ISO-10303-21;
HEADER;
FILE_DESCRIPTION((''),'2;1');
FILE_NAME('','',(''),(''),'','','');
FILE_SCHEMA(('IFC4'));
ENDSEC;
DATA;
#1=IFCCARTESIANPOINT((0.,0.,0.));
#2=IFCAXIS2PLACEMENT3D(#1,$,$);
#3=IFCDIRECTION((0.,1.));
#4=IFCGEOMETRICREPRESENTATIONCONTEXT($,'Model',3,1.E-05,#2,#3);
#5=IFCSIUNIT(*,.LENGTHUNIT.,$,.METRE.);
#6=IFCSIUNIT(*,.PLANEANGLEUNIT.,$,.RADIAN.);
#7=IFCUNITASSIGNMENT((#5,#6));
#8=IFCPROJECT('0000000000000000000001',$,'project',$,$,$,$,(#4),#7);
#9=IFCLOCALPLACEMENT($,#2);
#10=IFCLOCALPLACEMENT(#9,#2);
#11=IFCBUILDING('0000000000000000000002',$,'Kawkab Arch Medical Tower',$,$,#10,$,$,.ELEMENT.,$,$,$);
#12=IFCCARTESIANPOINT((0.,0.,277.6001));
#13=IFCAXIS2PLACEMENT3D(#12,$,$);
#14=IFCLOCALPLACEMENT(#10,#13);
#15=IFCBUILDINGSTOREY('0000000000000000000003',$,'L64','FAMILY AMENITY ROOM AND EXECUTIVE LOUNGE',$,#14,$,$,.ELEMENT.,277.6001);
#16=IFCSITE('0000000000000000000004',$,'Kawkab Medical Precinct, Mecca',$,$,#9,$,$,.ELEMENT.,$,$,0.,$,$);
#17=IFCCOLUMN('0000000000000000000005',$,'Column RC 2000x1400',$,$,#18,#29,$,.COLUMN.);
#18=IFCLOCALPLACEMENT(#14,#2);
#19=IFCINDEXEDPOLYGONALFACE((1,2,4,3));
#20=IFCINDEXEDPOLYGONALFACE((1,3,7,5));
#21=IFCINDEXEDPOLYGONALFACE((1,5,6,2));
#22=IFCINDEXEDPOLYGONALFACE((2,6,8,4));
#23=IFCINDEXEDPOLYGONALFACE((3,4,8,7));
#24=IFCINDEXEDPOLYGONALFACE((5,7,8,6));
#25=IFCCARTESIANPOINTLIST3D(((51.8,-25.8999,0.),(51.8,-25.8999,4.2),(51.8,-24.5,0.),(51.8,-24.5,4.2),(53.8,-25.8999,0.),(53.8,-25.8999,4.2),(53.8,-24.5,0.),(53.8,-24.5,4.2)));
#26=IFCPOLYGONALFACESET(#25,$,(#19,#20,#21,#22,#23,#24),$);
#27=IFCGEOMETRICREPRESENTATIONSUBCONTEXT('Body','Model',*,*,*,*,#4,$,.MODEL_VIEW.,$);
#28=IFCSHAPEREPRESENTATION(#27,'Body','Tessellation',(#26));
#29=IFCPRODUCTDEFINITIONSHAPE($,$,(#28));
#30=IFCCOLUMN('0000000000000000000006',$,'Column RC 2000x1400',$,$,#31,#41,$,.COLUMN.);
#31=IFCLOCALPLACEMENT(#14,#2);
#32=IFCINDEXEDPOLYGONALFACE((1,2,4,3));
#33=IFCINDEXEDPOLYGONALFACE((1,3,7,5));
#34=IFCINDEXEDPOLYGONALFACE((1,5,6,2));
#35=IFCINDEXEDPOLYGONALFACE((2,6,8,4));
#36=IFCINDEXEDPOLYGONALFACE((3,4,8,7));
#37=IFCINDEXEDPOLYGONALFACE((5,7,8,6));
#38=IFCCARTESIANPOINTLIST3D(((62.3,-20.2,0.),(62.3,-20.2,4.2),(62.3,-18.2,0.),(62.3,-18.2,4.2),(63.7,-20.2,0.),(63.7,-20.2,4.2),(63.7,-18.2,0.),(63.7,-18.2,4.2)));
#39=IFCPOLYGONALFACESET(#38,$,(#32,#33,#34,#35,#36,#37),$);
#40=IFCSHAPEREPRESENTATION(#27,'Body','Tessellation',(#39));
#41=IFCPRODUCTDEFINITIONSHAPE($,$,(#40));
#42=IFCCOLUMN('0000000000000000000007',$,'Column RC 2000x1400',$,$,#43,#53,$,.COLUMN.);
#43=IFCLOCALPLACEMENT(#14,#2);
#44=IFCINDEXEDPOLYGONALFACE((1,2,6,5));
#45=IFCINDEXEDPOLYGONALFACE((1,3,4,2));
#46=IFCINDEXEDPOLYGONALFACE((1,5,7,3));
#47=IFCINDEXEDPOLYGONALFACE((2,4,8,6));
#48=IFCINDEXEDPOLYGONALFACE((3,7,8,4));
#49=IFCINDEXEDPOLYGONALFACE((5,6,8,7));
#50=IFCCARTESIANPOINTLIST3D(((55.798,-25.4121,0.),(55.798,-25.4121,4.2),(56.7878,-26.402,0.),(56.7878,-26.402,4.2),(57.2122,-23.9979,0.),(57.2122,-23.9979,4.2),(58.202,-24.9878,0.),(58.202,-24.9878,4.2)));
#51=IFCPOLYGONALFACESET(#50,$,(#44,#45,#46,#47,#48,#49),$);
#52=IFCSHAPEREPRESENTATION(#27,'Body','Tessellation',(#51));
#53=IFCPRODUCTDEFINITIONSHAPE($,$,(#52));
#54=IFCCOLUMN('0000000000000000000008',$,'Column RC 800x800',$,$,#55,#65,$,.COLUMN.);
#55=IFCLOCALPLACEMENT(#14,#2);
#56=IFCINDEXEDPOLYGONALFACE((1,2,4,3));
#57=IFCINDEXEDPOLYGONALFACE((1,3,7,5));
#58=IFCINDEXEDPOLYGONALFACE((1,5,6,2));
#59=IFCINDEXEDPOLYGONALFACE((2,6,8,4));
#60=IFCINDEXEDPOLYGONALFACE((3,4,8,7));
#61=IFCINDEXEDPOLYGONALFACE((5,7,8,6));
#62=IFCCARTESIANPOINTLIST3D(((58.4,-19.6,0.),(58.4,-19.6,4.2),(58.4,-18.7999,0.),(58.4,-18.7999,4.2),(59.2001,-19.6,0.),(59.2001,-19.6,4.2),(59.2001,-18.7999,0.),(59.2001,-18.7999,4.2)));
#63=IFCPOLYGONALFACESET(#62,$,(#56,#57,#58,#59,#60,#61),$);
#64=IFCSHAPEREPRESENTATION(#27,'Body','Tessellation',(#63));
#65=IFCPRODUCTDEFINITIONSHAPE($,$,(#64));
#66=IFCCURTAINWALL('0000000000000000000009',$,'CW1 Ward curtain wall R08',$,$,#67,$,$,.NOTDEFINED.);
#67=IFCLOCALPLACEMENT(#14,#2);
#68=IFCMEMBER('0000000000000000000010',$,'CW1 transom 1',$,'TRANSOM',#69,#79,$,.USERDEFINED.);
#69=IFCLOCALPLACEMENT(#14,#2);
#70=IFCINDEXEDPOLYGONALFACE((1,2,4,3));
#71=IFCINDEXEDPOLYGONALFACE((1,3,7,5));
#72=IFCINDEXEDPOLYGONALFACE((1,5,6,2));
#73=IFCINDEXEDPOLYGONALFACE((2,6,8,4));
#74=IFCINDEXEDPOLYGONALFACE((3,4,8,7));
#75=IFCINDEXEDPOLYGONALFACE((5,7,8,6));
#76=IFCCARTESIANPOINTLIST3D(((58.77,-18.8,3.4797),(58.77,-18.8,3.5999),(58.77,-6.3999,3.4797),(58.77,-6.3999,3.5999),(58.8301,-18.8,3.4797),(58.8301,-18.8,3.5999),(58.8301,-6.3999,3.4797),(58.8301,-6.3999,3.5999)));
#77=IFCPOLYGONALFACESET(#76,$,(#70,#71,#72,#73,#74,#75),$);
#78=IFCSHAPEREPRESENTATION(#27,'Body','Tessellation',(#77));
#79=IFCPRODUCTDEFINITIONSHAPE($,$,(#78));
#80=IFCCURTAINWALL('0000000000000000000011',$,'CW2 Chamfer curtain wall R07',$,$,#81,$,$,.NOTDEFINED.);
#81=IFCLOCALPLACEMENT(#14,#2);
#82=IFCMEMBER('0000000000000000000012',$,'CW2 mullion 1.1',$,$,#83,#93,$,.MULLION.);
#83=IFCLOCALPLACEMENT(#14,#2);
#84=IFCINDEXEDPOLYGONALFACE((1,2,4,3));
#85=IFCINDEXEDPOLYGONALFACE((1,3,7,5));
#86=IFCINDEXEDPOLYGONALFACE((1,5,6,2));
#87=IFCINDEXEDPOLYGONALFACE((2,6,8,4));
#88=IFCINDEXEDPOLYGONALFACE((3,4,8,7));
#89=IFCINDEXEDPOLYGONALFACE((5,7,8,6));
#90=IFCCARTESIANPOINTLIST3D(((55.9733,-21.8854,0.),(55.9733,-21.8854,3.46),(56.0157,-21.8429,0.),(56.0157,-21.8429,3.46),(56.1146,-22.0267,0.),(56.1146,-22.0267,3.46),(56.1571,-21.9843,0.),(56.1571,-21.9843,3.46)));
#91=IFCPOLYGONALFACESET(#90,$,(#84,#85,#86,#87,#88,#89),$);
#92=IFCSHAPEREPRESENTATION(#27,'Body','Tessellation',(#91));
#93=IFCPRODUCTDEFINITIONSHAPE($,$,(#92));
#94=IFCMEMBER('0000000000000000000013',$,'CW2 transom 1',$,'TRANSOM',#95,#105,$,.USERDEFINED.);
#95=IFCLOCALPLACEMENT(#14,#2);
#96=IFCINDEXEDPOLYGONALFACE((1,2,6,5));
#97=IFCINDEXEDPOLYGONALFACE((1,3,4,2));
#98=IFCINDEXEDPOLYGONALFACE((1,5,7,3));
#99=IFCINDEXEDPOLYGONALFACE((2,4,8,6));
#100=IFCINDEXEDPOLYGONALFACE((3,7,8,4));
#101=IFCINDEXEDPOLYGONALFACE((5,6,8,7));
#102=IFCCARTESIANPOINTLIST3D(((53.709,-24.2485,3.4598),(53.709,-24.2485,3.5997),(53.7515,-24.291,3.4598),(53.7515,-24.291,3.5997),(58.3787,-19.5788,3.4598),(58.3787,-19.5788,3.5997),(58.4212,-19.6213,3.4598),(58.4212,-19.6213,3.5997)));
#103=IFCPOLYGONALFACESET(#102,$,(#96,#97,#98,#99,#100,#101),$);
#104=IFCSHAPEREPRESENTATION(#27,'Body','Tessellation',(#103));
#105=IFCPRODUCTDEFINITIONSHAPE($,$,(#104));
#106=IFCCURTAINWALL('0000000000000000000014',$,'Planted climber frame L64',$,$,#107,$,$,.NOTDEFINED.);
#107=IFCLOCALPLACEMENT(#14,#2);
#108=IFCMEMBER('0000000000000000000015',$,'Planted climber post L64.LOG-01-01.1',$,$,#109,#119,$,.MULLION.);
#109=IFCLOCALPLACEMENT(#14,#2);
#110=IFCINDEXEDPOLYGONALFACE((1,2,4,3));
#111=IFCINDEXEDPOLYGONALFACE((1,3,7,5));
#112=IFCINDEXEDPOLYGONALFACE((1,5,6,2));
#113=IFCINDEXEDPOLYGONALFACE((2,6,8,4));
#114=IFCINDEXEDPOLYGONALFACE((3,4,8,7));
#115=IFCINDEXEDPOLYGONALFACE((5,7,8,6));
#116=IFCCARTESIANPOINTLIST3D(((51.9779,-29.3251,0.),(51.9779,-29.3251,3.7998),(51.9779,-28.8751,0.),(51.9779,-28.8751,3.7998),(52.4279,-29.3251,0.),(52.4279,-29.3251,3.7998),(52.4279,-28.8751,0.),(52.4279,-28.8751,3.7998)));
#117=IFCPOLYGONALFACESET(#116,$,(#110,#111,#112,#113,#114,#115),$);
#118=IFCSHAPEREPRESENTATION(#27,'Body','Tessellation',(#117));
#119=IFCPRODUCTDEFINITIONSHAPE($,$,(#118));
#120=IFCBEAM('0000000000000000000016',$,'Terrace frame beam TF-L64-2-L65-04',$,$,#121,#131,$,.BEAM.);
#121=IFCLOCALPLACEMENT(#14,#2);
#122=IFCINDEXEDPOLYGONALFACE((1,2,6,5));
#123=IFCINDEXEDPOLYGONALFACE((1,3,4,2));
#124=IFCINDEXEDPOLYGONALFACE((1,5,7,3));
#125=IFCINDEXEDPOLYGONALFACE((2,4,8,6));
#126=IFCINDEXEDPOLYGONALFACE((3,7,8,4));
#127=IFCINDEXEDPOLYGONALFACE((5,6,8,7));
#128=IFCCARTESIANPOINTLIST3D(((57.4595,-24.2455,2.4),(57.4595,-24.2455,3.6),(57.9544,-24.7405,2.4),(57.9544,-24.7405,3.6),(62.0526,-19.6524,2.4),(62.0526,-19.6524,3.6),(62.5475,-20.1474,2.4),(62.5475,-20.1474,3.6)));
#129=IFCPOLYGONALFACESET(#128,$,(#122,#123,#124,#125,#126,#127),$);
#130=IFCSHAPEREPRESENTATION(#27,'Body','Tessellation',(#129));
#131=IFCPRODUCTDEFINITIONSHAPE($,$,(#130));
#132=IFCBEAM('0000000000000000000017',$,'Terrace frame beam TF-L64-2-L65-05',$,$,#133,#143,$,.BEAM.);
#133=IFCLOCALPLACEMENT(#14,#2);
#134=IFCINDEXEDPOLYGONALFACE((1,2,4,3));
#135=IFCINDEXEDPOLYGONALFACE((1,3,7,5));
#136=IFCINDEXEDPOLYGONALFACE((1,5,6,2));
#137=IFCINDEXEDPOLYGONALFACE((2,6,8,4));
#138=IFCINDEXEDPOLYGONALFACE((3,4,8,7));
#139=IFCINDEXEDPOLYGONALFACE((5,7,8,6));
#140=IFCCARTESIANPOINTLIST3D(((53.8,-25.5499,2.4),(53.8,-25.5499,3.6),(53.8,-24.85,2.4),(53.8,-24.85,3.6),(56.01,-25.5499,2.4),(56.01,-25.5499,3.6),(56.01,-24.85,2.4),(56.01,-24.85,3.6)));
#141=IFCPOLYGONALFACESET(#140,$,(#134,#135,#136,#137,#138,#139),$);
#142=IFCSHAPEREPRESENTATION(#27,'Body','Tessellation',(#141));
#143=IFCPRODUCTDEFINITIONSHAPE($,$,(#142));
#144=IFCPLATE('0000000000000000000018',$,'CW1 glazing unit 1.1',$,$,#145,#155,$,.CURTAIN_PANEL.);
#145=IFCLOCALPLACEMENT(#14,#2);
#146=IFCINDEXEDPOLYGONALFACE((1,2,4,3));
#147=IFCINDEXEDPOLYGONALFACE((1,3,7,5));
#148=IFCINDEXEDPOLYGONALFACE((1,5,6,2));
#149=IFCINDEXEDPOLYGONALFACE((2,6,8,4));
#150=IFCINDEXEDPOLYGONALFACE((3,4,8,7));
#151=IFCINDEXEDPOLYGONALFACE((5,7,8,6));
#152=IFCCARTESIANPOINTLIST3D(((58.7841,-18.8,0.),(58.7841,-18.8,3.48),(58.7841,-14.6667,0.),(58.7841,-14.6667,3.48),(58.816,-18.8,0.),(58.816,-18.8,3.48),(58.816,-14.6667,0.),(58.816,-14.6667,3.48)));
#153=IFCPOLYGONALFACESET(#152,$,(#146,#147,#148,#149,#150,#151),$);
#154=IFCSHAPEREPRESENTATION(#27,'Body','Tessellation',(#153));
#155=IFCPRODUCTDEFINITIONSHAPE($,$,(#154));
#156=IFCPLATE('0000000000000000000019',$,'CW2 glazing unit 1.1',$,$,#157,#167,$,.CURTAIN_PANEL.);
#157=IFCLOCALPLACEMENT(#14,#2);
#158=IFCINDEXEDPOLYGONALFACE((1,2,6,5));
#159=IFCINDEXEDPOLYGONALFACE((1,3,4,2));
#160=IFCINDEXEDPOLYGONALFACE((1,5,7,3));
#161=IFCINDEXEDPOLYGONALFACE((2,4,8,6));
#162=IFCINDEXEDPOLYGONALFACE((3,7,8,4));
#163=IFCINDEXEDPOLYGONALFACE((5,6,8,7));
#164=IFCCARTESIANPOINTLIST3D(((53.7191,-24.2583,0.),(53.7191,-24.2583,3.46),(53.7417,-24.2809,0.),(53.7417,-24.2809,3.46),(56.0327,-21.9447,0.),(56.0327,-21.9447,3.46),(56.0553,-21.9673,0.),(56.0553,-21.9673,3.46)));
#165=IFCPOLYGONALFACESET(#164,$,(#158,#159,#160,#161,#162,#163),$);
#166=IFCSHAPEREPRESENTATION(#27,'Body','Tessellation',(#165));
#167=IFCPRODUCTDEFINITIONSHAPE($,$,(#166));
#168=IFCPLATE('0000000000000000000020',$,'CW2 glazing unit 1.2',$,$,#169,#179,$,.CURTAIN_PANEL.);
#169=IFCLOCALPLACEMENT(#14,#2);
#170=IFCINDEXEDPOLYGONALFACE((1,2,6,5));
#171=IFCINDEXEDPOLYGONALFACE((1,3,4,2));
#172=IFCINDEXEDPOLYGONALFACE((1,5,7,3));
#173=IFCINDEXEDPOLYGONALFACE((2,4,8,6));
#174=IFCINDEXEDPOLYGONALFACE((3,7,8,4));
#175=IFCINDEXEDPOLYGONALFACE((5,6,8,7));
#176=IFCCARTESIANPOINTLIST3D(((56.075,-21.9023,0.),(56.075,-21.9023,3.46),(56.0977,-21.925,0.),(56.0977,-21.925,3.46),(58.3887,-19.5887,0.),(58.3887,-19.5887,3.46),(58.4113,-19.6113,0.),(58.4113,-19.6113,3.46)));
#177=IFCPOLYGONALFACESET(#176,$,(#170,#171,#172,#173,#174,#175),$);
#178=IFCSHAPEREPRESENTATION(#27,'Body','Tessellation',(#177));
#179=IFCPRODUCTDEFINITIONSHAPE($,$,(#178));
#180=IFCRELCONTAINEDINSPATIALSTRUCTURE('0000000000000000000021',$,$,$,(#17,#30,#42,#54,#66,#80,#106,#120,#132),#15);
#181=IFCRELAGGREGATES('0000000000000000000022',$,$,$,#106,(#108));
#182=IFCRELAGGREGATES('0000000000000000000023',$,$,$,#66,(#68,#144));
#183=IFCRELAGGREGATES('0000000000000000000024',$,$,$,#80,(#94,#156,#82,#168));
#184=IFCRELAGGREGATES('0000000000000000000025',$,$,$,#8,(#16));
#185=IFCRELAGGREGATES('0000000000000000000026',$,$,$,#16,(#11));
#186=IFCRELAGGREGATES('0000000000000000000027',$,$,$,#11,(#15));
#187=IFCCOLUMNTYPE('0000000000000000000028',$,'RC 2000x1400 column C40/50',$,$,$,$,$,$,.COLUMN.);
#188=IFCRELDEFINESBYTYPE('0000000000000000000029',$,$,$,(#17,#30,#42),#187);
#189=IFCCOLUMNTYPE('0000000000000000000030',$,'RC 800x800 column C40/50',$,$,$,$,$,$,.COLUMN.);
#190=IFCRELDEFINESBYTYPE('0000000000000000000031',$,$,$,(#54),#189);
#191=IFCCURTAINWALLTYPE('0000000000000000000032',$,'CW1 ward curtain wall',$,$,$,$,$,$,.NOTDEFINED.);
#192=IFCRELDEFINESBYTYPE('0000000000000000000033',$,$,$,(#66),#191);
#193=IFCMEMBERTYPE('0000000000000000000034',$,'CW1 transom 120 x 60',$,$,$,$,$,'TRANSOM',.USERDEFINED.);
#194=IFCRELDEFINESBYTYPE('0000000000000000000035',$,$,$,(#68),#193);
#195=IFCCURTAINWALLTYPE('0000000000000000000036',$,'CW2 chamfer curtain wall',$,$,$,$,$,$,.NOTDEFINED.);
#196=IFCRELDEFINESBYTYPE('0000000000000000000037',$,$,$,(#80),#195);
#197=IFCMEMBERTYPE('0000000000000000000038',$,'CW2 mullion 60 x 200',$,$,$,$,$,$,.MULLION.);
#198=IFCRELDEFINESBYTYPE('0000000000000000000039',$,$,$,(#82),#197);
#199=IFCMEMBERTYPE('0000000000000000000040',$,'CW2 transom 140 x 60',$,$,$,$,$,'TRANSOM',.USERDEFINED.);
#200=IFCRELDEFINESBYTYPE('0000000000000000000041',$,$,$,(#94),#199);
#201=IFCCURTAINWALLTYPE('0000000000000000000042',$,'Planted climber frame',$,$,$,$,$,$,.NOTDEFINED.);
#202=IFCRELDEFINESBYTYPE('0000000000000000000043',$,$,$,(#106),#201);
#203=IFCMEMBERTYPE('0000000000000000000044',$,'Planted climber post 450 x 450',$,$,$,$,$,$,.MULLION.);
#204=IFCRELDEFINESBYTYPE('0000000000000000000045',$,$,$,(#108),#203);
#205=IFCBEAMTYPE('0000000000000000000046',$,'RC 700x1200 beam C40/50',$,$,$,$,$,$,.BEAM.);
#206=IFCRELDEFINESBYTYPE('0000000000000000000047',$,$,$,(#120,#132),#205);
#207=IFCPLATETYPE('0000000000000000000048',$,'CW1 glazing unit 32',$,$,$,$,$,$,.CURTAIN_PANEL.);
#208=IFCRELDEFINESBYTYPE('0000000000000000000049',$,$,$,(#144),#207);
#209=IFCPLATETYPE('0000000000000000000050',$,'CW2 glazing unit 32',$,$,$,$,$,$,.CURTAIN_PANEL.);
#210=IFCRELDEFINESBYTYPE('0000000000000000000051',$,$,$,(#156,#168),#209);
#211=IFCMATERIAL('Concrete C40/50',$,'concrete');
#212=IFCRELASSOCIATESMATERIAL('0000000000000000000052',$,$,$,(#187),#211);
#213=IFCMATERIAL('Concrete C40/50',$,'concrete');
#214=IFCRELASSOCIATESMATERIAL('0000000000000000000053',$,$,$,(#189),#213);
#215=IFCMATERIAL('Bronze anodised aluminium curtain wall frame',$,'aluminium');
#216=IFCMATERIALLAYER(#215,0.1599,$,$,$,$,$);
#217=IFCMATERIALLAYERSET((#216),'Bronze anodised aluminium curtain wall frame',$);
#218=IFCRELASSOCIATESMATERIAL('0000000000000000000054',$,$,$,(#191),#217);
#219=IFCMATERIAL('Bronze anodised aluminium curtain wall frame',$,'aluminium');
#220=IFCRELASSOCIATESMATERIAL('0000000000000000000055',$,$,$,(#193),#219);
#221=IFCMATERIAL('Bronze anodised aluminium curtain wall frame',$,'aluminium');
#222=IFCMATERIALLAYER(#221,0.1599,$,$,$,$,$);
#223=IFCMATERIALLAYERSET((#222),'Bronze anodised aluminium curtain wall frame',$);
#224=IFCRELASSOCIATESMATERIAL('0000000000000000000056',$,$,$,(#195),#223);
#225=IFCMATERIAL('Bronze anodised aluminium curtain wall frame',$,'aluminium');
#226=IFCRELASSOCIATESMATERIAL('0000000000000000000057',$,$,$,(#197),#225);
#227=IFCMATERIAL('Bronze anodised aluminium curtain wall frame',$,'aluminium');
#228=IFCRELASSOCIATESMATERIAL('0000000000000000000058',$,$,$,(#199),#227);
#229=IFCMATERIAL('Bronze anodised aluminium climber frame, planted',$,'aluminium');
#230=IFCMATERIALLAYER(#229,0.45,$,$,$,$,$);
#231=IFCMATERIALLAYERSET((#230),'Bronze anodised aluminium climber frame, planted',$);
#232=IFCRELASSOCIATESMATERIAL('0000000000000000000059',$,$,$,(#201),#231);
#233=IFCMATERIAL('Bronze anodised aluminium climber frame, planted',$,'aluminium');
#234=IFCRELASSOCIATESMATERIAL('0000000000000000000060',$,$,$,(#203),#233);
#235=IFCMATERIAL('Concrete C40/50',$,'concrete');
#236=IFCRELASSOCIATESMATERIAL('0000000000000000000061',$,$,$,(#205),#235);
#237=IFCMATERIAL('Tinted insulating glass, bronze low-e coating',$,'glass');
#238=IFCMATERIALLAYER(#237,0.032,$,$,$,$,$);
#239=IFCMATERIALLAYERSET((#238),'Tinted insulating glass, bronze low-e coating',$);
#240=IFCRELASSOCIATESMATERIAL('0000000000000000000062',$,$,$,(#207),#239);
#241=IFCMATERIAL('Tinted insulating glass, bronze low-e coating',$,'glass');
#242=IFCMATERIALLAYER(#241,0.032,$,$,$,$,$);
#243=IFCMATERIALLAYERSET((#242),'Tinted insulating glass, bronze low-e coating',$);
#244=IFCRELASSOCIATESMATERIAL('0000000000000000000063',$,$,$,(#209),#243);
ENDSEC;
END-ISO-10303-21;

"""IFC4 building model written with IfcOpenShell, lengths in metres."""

from ifc_helpers import new_model, si_unit, direction, frame, origin, origin_2d, place, context, subcontext, project, spatial, rectangle, extrude, material, layer, layer_set, material_profile, profile_set, type_object, element, aggregate, save


model = new_model("IFC4")

# Units and contexts
model_context = context("Model", 3, precision=1e-05, world=origin(), true_north=direction((0.0, 1.0)))
body_context = subcontext(model_context, "Body", "Model", "MODEL_VIEW")
ifc_project = project(units=[si_unit("LENGTHUNIT", "METRE"), si_unit("PLANEANGLEUNIT", "RADIAN")], contexts=[model_context])

# Site, building, storey
site_placement = place(None, origin())
site = spatial("IfcSite", under=ifc_project, at=site_placement, Name="Kawkab Medical Precinct, Mecca", CompositionType="ELEMENT", RefElevation=0.0)
building_placement = place(site_placement, origin())
building = spatial("IfcBuilding", under=site, at=building_placement, Name="Kawkab Arch Medical Tower", CompositionType="ELEMENT")
storey_placement = place(building_placement, frame((0.0, 0.0, 277.6001)))
storey = spatial("IfcBuildingStorey", under=building, at=storey_placement, Name="L64", Description="FAMILY AMENITY ROOM AND EXECUTIVE LOUNGE", CompositionType="ELEMENT", Elevation=277.6001)

# Columns
ifc_material_1 = material(Name="Concrete C40/50", Category="concrete")
ifc_material_profile_1 = material_profile(ifc_material_1, rectangle(XDim=2.0, YDim=1.3999, at=origin_2d()), Name="RC 2000x1400")
ifc_profile_set_1 = profile_set([ifc_material_profile_1], Name="Concrete C40/50")
column_type_1 = type_object("IfcColumnType", Name="RC 2000x1400 column C40/50", PredefinedType="COLUMN", material=ifc_profile_set_1)
for number, where, z_axis, x_axis, name in (
    (1, (52.8, -25.2, 0.0), (0.0, 0.0, 1.0), (-1.0, 0.0, 0.0), "Column RC 2000x1400"),
    (2, (63.0, -19.2, 0.0), (0.0, 0.0, 1.0), (0.0, -1.0, 0.0), "Column RC 2000x1400"),
    (3, (57.0, -25.2, 0.0), (0.0, 0.0, 1.0), (-0.707107, -0.707107, 0.0), "Column RC 2000x1400"),
):
    element("IfcColumn", number, at=place(storey_placement, frame(where, z_axis=z_axis, x_axis=x_axis)), inside=storey, type_object=column_type_1, Name=name, PredefinedType="COLUMN", context=body_context, shape_type="SweptSolid", body=[
        extrude(rectangle(XDim=2.0, YDim=1.3999, at=origin_2d()), origin(), (0.0, 0.0, 1.0), 4.2),
    ])
ifc_material_2 = material(Name="Concrete C40/50", Category="concrete")
ifc_material_profile_2 = material_profile(ifc_material_2, rectangle(XDim=0.8, YDim=0.8, at=origin_2d()), Name="RC 800x800")
ifc_profile_set_2 = profile_set([ifc_material_profile_2], Name="Concrete C40/50")
column_type_2 = type_object("IfcColumnType", Name="RC 800x800 column C40/50", PredefinedType="COLUMN", material=ifc_profile_set_2)
column_placement = place(storey_placement, frame((58.8, -19.2, 0.0), z_axis=(0.0, 0.0, 1.0), x_axis=(1.0, 0.0, 0.0)))
element("IfcColumn", 4, at=column_placement, inside=storey, type_object=column_type_2, Name="Column RC 800x800", PredefinedType="COLUMN", context=body_context, shape_type="SweptSolid", body=[
    extrude(rectangle(XDim=0.8, YDim=0.8, at=origin_2d()), origin(), (0.0, 0.0, 1.0), 4.2),
])

# Curtain wall, member
ifc_material_3 = material(Name="Bronze anodised aluminium curtain wall frame", Category="aluminium")
ifc_layer_1 = layer(ifc_material_3, 0.1599)
ifc_layer_set_1 = layer_set([ifc_layer_1], Name="Bronze anodised aluminium curtain wall frame")
curtain_wall_type_1 = type_object("IfcCurtainWallType", Name="CW1 ward curtain wall", PredefinedType="NOTDEFINED", material=ifc_layer_set_1)
placement = place(storey_placement, origin())
curtain_wall_1 = element("IfcCurtainWall", 5, at=placement, inside=storey, type_object=curtain_wall_type_1, Name="CW1 Ward curtain wall R08", PredefinedType="NOTDEFINED")
ifc_material_4 = material(Name="Bronze anodised aluminium curtain wall frame", Category="aluminium")
ifc_material_profile_3 = material_profile(ifc_material_4, rectangle(XDim=0.0601, YDim=0.1201, at=origin_2d()), Name="AL 60x120")
ifc_profile_set_3 = profile_set([ifc_material_profile_3], Name="Bronze anodised aluminium curtain wall frame")
member_type_1 = type_object("IfcMemberType", Name="CW1 transom 120 x 60", ElementType="TRANSOM", PredefinedType="USERDEFINED", material=ifc_profile_set_3)
member_1_placement = place(storey_placement, frame((58.8, -18.8, 3.5398), z_axis=(0.0, 1.0, 0.0), x_axis=(-1.0, 0.0, 0.0)))
member_1 = element("IfcMember", 6, at=member_1_placement, type_object=member_type_1, Name="CW1 transom 1", ObjectType="TRANSOM", PredefinedType="USERDEFINED", context=body_context, shape_type="SweptSolid", body=[
    extrude(rectangle(XDim=0.0601, YDim=0.1201, at=origin_2d()), origin(), (0.0, 0.0, 1.0), 12.4001),
])

# Curtain wall, members
ifc_material_5 = material(Name="Bronze anodised aluminium curtain wall frame", Category="aluminium")
ifc_layer_2 = layer(ifc_material_5, 0.1599)
ifc_layer_set_2 = layer_set([ifc_layer_2], Name="Bronze anodised aluminium curtain wall frame")
curtain_wall_type_2 = type_object("IfcCurtainWallType", Name="CW2 chamfer curtain wall", PredefinedType="NOTDEFINED", material=ifc_layer_set_2)
curtain_wall_2 = element("IfcCurtainWall", 7, at=placement, inside=storey, type_object=curtain_wall_type_2, Name="CW2 Chamfer curtain wall R07", PredefinedType="NOTDEFINED")
ifc_material_6 = material(Name="Bronze anodised aluminium curtain wall frame", Category="aluminium")
ifc_material_profile_4 = material_profile(ifc_material_6, rectangle(XDim=0.2, YDim=0.0601, at=origin_2d()), Name="AL 60x200")
ifc_profile_set_4 = profile_set([ifc_material_profile_4], Name="Bronze anodised aluminium curtain wall frame")
member_type_2 = type_object("IfcMemberType", Name="CW2 mullion 60 x 200", PredefinedType="MULLION", material=ifc_profile_set_4)
member_2_placement = place(storey_placement, frame((56.0652, -21.9348, 0.0), z_axis=(0.0, 0.0, 1.0), x_axis=(-0.707107, 0.707107, 0.0)))
member_2 = element("IfcMember", 8, at=member_2_placement, type_object=member_type_2, Name="CW2 mullion 1.1", PredefinedType="MULLION", context=body_context, shape_type="SweptSolid", body=[
    extrude(rectangle(XDim=0.2, YDim=0.0601, at=origin_2d()), origin(), (0.0, 0.0, 1.0), 3.46),
])
ifc_material_7 = material(Name="Bronze anodised aluminium curtain wall frame", Category="aluminium")
ifc_material_profile_5 = material_profile(ifc_material_7, rectangle(XDim=0.0601, YDim=0.1399, at=origin_2d()), Name="AL 60x140")
ifc_profile_set_5 = profile_set([ifc_material_profile_5], Name="Bronze anodised aluminium curtain wall frame")
member_type_3 = type_object("IfcMemberType", Name="CW2 transom 140 x 60", ElementType="TRANSOM", PredefinedType="USERDEFINED", material=ifc_profile_set_5)
member_3_placement = place(storey_placement, frame((53.7302, -24.2698, 3.5298), z_axis=(0.707107, 0.707107, 0.0), x_axis=(-0.707107, 0.707107, 0.0)))
member_3 = element("IfcMember", 9, at=member_3_placement, type_object=member_type_3, Name="CW2 transom 1", ObjectType="TRANSOM", PredefinedType="USERDEFINED", context=body_context, shape_type="SweptSolid", body=[
    extrude(rectangle(XDim=0.0601, YDim=0.1399, at=origin_2d()), origin(), (0.0, 0.0, 1.0), 6.604),
])

# Curtain wall, member
ifc_material_8 = material(Name="Bronze anodised aluminium climber frame, planted", Category="aluminium")
ifc_layer_3 = layer(ifc_material_8, 0.45)
ifc_layer_set_3 = layer_set([ifc_layer_3], Name="Bronze anodised aluminium climber frame, planted")
curtain_wall_type_3 = type_object("IfcCurtainWallType", Name="Planted climber frame", PredefinedType="NOTDEFINED", material=ifc_layer_set_3)
curtain_wall_3 = element("IfcCurtainWall", 10, at=placement, inside=storey, type_object=curtain_wall_type_3, Name="Planted climber frame L64", PredefinedType="NOTDEFINED")
ifc_material_9 = material(Name="Bronze anodised aluminium climber frame, planted", Category="aluminium")
ifc_material_profile_6 = material_profile(ifc_material_9, rectangle(XDim=0.45, YDim=0.45, at=origin_2d()), Name="Post 450x450")
ifc_profile_set_6 = profile_set([ifc_material_profile_6], Name="Bronze anodised aluminium climber frame, planted")
member_type_4 = type_object("IfcMemberType", Name="Planted climber post 450 x 450", PredefinedType="MULLION", material=ifc_profile_set_6)
member_4_placement = place(storey_placement, frame((52.2029, -29.1001, 0.0), z_axis=(0.0, 0.0, 1.0), x_axis=(1.0, 0.0, 0.0)))
member_4 = element("IfcMember", 11, at=member_4_placement, type_object=member_type_4, Name="Planted climber post L64.LOG-01-01.1", PredefinedType="MULLION", context=body_context, shape_type="SweptSolid", body=[
    extrude(rectangle(XDim=0.45, YDim=0.45, at=origin_2d()), origin(), (0.0, 0.0, 1.0), 3.7998),
])
aggregate(curtain_wall_3, [member_4])

# Beams
ifc_material_10 = material(Name="Concrete C40/50", Category="concrete")
ifc_material_profile_7 = material_profile(ifc_material_10, rectangle(XDim=0.7, YDim=1.2, at=origin_2d()), Name="RC 700x1200")
ifc_profile_set_7 = profile_set([ifc_material_profile_7], Name="Concrete C40/50")
beam_type = type_object("IfcBeamType", Name="RC 700x1200 beam C40/50", PredefinedType="BEAM", material=ifc_profile_set_7)
beam_1_placement = place(storey_placement, frame((62.3, -19.8999, 3.0), z_axis=(-0.707107, -0.707107, 0.0), x_axis=(0.707107, -0.707107, 0.0)))
element("IfcBeam", 12, at=beam_1_placement, inside=storey, type_object=beam_type, Name="Terrace frame beam TF-L64-2-L65-04", PredefinedType="BEAM", context=body_context, shape_type="SweptSolid", body=[
    extrude(rectangle(XDim=0.7, YDim=1.2, at=origin_2d()), origin(), (0.0, 0.0, 1.0), 6.4956),
])
beam_2_placement = place(storey_placement, frame((56.01, -25.2, 3.0), z_axis=(-1.0, 0.0, 0.0), x_axis=(0.0, -1.0, 0.0)))
element("IfcBeam", 13, at=beam_2_placement, inside=storey, type_object=beam_type, Name="Terrace frame beam TF-L64-2-L65-05", PredefinedType="BEAM", context=body_context, shape_type="SweptSolid", body=[
    extrude(rectangle(XDim=0.7, YDim=1.2, at=origin_2d()), origin(), (0.0, 0.0, 1.0), 2.21),
])

# Plates
ifc_material_11 = material(Name="Tinted insulating glass, bronze low-e coating", Category="glass")
ifc_layer_4 = layer(ifc_material_11, 0.032)
ifc_layer_set_4 = layer_set([ifc_layer_4], Name="Tinted insulating glass, bronze low-e coating")
plate_type_1 = type_object("IfcPlateType", Name="CW1 glazing unit 32", PredefinedType="CURTAIN_PANEL", material=ifc_layer_set_4)
plate_1_placement = place(storey_placement, frame((58.8, -16.7334, 0.0), z_axis=(0.0, 0.0, 1.0), x_axis=(0.0, 1.0, 0.0)))
plate_1 = element("IfcPlate", 14, at=plate_1_placement, type_object=plate_type_1, Name="CW1 glazing unit 1.1", PredefinedType="CURTAIN_PANEL", context=body_context, shape_type="SweptSolid", body=[
    extrude(rectangle(XDim=4.1333, YDim=0.032, at=origin_2d()), origin(), (0.0, 0.0, 1.0), 3.48),
])
aggregate(curtain_wall_1, [member_1, plate_1])
ifc_material_12 = material(Name="Tinted insulating glass, bronze low-e coating", Category="glass")
ifc_layer_5 = layer(ifc_material_12, 0.032)
ifc_layer_set_5 = layer_set([ifc_layer_5], Name="Tinted insulating glass, bronze low-e coating")
plate_type_2 = type_object("IfcPlateType", Name="CW2 glazing unit 32", PredefinedType="CURTAIN_PANEL", material=ifc_layer_set_5)
plate_2_placement = place(storey_placement, frame((54.8872, -23.1128, 0.0), z_axis=(0.0, 0.0, 1.0), x_axis=(0.707107, 0.707107, 0.0)))
plate_2 = element("IfcPlate", 15, at=plate_2_placement, type_object=plate_type_2, Name="CW2 glazing unit 1.1", PredefinedType="CURTAIN_PANEL", context=body_context, shape_type="SweptSolid", body=[
    extrude(rectangle(XDim=3.272, YDim=0.032, at=origin_2d()), origin(), (0.0, 0.0, 1.0), 3.46),
])
plate_3_placement = place(storey_placement, frame((57.2432, -20.7568, 0.0), z_axis=(0.0, 0.0, 1.0), x_axis=(0.707107, 0.707107, 0.0)))
plate_3 = element("IfcPlate", 16, at=plate_3_placement, type_object=plate_type_2, Name="CW2 glazing unit 1.2", PredefinedType="CURTAIN_PANEL", context=body_context, shape_type="SweptSolid", body=[
    extrude(rectangle(XDim=3.272, YDim=0.032, at=origin_2d()), origin(), (0.0, 0.0, 1.0), 3.46),
])
aggregate(curtain_wall_2, [member_3, plate_2, member_2, plate_3])

save(model, "model.ifc")
